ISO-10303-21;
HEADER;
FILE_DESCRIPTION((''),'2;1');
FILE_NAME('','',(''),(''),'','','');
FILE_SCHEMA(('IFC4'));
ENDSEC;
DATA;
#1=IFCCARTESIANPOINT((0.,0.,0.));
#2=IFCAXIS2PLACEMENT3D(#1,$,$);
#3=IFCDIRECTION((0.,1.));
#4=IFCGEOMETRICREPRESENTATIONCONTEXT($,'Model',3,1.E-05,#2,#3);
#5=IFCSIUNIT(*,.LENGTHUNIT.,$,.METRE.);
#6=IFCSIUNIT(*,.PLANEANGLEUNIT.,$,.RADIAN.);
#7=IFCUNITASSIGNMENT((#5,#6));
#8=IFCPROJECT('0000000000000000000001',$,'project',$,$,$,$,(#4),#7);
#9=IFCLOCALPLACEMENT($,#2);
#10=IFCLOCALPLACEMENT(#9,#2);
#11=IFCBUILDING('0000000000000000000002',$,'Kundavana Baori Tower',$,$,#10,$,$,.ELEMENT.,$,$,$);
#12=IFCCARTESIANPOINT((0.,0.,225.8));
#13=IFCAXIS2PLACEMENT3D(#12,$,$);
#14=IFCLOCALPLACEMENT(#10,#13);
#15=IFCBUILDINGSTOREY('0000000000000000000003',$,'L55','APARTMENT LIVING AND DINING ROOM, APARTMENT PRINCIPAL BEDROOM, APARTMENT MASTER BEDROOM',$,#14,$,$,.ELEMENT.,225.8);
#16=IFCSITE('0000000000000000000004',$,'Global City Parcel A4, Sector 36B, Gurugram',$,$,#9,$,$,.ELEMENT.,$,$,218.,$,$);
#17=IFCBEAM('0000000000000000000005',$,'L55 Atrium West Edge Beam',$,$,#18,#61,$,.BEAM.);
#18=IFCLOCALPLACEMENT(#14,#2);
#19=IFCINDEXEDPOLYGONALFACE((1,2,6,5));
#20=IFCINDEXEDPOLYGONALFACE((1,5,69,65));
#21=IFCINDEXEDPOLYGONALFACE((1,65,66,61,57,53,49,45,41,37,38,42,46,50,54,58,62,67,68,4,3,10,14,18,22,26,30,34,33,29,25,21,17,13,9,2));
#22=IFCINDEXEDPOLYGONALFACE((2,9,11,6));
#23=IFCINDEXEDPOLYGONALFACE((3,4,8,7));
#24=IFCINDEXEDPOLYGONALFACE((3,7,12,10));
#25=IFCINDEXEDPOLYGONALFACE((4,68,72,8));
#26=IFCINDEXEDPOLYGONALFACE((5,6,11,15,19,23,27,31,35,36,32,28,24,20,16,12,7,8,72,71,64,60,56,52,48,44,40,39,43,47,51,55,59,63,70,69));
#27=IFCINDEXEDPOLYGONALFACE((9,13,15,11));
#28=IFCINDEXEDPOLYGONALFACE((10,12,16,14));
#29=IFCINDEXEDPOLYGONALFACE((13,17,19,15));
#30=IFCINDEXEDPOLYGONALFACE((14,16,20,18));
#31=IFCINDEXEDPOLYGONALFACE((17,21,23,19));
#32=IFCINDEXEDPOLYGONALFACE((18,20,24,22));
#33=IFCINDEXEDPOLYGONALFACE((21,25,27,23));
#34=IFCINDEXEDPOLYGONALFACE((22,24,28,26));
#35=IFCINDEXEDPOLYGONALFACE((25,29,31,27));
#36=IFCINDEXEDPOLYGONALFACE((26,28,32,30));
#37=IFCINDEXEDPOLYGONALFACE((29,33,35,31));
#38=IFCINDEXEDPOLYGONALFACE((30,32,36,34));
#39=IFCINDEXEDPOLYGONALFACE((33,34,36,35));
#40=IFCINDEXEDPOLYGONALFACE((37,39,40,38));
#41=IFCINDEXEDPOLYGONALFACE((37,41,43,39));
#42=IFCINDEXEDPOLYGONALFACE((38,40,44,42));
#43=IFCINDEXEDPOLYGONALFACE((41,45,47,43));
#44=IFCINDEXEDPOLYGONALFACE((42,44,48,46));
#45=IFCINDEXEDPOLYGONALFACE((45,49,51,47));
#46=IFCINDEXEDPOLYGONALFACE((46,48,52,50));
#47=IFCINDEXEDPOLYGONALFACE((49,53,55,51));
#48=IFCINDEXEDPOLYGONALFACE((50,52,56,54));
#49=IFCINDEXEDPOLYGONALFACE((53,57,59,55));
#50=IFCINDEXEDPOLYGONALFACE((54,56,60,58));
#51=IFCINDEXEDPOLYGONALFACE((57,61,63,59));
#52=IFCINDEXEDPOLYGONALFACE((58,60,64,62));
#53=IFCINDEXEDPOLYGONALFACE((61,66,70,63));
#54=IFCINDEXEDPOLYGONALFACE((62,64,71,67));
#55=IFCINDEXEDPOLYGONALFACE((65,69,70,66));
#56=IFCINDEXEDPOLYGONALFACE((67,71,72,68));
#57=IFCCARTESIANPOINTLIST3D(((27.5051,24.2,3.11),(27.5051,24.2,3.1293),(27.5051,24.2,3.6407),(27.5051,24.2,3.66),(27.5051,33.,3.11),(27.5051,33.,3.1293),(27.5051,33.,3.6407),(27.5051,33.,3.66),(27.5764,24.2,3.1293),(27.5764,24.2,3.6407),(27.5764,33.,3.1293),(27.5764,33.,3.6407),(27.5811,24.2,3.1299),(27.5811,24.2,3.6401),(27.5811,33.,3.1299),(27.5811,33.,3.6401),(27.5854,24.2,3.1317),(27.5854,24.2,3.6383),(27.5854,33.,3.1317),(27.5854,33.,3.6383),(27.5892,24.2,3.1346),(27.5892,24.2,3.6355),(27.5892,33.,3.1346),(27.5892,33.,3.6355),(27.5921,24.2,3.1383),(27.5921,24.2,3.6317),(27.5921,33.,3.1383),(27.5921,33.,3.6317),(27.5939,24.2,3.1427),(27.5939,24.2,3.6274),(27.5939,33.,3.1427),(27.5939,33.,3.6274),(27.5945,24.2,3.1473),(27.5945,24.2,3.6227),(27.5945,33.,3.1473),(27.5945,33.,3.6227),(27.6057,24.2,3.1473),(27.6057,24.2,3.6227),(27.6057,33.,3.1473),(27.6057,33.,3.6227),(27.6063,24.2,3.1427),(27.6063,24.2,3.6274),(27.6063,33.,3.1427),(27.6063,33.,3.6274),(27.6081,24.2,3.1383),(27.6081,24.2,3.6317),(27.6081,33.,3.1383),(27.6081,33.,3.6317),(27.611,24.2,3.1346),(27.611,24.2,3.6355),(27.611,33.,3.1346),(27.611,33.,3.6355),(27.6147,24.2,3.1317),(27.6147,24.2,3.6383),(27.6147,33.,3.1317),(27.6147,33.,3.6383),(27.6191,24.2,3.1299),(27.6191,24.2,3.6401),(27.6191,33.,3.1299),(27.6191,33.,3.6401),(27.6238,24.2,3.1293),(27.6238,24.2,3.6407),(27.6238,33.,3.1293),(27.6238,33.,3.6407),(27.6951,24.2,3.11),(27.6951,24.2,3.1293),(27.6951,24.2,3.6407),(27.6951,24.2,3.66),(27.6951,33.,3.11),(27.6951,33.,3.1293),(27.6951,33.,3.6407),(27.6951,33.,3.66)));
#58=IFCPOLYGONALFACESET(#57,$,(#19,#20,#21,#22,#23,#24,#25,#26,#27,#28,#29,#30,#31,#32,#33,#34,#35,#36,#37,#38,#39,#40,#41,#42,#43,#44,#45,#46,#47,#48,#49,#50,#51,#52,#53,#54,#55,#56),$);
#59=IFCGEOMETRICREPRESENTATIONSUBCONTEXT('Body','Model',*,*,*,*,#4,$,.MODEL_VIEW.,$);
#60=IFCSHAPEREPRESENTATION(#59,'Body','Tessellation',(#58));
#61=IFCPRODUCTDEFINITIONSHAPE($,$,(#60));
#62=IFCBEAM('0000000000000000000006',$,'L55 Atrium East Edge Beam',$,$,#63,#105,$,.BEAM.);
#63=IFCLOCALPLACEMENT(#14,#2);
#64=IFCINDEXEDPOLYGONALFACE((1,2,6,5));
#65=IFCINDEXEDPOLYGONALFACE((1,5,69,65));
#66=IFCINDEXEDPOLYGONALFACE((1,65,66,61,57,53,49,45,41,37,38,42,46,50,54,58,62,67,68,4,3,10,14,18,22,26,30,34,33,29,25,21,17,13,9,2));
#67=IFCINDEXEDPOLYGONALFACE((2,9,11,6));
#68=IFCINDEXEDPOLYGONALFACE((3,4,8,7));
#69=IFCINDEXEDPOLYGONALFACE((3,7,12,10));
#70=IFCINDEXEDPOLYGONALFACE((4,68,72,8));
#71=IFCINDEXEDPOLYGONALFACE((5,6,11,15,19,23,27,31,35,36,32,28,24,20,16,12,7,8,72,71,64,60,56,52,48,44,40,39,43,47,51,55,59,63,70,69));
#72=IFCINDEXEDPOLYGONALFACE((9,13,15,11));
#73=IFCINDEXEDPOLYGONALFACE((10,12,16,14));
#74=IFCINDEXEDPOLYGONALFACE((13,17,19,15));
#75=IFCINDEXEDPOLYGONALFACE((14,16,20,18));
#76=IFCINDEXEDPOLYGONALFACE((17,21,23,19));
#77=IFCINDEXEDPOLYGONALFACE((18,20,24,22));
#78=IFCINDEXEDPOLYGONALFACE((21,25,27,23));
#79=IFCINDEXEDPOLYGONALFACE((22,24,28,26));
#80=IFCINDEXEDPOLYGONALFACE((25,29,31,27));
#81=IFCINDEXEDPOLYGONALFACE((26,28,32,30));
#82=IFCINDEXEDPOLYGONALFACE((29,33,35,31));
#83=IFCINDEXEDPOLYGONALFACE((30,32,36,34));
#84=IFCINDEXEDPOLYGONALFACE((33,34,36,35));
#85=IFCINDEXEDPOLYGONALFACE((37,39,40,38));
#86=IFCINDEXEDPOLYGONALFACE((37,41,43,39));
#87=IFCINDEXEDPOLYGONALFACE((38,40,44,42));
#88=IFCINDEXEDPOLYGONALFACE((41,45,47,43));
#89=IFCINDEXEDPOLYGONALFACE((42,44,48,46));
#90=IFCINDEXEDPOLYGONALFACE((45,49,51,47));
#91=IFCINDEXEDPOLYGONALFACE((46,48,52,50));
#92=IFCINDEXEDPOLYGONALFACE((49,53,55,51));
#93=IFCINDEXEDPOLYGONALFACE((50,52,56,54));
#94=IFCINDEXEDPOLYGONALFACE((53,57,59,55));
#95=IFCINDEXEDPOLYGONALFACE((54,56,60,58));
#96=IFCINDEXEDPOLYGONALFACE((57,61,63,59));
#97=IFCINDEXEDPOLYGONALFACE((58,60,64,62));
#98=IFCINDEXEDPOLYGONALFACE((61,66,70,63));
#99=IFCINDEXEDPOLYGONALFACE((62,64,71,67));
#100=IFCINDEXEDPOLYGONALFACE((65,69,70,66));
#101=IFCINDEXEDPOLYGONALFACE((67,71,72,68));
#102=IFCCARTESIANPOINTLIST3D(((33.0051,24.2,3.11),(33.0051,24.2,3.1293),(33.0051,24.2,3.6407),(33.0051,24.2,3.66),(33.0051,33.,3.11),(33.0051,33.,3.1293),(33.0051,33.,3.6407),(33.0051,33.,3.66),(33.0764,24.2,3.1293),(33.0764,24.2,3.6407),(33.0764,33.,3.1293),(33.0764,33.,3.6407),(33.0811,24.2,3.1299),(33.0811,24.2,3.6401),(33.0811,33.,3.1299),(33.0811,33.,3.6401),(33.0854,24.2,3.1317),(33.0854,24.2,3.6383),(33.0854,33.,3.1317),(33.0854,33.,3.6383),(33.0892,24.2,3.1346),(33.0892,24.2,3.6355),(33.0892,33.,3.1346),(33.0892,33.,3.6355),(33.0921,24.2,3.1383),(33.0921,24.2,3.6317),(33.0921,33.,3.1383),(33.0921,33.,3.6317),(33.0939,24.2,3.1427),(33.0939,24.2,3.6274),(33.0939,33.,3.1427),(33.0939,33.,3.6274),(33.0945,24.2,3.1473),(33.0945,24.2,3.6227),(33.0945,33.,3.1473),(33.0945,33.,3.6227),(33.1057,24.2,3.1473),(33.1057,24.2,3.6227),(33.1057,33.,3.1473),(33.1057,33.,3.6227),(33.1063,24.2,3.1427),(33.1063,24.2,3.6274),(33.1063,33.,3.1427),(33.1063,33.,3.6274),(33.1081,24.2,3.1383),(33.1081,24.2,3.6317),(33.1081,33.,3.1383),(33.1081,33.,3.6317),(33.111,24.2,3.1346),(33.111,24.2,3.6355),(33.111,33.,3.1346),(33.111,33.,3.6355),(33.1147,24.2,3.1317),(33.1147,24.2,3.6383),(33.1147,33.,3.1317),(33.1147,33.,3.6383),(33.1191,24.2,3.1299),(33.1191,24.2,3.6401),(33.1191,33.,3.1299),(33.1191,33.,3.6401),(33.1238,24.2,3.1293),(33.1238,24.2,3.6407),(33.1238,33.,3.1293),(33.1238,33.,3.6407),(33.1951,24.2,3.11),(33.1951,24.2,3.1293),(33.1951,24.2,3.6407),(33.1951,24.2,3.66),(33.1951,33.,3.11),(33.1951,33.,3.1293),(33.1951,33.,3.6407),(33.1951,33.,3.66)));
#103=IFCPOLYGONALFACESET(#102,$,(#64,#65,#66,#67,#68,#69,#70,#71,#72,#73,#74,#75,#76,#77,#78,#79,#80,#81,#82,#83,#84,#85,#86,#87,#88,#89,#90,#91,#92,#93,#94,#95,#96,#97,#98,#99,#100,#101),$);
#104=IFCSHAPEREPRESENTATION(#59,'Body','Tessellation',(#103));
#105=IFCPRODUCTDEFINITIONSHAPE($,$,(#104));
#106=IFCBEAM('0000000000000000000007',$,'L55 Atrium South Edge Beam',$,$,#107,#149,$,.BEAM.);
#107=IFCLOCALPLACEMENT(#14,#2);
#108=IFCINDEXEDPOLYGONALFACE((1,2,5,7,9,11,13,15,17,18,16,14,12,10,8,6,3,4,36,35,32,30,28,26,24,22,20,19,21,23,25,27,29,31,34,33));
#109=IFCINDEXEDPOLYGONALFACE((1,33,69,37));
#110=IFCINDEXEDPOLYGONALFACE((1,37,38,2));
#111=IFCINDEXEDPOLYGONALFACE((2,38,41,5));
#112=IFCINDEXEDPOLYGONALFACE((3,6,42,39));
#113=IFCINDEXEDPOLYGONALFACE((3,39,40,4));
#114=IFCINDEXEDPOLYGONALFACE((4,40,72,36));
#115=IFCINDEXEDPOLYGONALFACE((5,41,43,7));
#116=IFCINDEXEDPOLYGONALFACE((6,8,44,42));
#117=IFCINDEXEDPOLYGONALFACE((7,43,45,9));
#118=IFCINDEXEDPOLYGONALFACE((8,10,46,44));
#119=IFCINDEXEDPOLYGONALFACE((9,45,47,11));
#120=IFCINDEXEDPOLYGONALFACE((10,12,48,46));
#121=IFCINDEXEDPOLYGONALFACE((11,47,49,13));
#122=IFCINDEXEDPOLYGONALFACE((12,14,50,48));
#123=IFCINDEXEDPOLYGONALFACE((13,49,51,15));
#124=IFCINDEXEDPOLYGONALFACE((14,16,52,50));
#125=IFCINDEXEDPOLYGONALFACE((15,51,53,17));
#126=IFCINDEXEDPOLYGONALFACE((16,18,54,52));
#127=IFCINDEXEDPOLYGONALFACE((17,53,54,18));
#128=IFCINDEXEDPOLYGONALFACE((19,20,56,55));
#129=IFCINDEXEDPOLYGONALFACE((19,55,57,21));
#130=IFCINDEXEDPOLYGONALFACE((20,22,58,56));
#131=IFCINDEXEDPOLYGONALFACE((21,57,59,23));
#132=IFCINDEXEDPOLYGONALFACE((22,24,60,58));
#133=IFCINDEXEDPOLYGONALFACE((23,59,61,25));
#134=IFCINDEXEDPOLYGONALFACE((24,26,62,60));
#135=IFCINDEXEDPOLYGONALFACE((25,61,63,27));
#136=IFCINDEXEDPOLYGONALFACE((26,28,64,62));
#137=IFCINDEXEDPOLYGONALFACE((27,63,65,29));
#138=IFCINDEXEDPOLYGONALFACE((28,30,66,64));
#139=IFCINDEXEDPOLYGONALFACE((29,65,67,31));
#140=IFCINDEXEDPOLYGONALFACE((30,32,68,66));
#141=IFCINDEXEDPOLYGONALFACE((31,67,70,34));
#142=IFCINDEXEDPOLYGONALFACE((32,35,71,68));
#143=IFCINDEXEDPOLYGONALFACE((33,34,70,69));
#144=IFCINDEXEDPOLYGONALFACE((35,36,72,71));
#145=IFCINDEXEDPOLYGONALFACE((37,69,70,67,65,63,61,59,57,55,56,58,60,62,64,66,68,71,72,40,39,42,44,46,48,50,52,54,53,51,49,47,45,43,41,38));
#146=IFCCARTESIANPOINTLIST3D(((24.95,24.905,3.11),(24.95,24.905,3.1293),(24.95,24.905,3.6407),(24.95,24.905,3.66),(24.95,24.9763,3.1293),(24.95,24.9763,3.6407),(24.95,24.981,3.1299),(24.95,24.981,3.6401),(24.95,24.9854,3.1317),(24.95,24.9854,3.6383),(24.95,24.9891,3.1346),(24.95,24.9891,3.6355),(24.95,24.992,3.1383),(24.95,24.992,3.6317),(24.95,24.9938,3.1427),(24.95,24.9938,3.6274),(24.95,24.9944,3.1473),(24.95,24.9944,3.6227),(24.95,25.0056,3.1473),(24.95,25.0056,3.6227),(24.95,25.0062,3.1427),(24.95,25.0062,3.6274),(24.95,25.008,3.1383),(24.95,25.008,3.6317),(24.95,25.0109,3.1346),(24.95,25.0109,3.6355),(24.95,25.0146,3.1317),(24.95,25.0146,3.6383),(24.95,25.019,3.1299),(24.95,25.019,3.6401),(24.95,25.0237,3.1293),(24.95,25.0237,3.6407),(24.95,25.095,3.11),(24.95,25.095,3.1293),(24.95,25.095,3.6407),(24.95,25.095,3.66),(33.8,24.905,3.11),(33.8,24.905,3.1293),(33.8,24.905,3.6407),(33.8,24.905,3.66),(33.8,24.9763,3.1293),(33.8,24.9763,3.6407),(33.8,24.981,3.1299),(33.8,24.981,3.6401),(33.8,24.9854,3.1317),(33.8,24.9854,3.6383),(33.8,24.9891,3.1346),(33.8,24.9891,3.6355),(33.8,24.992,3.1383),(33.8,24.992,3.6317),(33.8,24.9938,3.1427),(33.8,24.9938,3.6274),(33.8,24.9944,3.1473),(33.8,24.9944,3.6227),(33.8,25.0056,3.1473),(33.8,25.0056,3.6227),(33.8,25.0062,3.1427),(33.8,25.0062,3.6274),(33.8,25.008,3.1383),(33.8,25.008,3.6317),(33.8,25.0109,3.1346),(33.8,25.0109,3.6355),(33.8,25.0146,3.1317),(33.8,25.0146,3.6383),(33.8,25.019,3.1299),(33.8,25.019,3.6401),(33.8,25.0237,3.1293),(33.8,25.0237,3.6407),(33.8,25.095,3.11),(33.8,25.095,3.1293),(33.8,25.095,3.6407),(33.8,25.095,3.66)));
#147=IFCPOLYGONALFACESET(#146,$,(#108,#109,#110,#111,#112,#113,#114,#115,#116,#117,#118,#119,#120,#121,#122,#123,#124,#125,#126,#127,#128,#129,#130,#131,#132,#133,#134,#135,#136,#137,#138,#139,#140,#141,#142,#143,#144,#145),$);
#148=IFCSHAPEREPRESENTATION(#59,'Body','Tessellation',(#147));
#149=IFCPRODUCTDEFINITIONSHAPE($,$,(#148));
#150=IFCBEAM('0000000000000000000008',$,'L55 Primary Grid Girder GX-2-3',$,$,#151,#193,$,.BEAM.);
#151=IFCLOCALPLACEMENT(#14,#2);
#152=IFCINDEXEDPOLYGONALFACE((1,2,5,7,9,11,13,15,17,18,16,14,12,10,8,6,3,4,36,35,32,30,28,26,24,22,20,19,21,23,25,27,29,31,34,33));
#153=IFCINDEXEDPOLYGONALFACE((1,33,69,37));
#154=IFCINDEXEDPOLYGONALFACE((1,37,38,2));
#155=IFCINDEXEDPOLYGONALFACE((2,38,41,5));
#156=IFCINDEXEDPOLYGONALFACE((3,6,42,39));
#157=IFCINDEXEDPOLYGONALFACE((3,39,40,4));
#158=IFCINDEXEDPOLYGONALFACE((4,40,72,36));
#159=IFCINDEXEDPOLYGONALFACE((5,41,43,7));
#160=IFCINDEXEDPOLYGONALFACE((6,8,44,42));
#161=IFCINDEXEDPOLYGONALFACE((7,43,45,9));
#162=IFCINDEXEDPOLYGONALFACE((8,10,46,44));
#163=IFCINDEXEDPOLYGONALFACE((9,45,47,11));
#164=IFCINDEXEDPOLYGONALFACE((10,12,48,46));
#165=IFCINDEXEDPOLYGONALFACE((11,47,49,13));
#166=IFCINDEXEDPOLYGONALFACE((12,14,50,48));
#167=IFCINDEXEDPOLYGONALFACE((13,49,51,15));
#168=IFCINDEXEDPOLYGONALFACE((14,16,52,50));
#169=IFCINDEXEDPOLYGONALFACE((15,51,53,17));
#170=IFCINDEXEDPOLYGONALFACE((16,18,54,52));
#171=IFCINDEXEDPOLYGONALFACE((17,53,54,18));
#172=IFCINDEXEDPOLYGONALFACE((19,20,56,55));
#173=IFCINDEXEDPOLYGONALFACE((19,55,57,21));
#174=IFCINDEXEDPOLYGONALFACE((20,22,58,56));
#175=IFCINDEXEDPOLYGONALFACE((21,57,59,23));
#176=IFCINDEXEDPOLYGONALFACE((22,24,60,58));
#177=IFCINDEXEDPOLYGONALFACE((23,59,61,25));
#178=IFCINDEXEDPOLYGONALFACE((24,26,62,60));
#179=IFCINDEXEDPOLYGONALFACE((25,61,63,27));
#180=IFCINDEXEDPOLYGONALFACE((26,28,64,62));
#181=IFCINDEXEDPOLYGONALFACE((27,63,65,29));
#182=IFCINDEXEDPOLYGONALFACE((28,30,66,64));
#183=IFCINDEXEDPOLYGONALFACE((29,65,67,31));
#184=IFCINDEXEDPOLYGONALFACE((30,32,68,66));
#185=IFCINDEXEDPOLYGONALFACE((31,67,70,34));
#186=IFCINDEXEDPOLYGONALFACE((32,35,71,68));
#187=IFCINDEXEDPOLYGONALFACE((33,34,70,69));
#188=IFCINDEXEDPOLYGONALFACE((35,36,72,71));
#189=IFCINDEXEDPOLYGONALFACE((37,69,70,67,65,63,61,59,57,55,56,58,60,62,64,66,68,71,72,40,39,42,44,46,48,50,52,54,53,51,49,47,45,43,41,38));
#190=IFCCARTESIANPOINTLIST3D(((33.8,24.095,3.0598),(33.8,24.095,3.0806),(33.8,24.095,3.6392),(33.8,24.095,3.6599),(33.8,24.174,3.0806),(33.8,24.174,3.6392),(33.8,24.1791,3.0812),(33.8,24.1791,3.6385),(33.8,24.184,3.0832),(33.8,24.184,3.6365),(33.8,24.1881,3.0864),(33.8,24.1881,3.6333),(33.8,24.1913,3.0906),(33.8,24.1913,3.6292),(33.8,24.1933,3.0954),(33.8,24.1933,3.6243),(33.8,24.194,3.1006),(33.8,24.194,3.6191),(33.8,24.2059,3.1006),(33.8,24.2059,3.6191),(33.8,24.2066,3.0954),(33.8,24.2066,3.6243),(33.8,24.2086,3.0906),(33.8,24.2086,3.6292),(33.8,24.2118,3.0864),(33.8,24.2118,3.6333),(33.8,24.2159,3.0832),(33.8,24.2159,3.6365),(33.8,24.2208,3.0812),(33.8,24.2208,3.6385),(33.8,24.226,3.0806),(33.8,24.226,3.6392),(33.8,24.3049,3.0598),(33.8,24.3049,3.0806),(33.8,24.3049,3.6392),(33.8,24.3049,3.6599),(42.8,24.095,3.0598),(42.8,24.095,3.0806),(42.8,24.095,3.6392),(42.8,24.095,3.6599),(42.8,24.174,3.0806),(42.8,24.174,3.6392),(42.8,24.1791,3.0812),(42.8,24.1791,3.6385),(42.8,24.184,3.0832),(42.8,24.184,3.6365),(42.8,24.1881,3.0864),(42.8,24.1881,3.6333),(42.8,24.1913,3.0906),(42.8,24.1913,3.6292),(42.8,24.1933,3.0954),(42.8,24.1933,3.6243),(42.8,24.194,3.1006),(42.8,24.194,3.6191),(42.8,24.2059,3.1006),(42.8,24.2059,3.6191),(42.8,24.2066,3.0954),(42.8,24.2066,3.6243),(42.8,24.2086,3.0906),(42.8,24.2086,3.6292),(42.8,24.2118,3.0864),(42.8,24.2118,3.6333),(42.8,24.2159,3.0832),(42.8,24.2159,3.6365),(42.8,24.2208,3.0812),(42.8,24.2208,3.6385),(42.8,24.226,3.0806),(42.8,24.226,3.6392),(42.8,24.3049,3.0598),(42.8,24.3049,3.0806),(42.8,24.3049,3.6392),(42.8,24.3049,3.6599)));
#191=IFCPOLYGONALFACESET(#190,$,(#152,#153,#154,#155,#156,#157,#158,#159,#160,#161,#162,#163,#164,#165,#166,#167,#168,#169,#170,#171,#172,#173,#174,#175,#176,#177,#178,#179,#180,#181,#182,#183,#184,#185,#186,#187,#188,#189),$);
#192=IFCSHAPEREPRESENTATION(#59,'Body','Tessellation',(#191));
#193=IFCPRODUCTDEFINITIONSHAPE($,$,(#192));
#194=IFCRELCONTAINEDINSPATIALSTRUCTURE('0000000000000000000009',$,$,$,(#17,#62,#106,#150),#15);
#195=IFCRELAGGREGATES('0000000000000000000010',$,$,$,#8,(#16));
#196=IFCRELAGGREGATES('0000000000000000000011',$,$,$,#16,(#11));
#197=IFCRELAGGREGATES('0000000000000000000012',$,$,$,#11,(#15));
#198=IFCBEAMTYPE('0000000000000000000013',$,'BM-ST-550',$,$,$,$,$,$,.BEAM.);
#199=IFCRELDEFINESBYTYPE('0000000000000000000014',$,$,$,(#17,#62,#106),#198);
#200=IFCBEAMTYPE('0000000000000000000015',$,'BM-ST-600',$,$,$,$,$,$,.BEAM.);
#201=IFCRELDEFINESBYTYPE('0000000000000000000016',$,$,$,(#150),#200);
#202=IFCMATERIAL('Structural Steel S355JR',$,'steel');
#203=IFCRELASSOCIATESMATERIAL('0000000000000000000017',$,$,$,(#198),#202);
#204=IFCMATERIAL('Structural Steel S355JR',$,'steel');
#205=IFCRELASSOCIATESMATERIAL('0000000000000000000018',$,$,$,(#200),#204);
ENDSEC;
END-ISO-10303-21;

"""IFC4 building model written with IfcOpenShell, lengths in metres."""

from ifc_helpers import new_model, si_unit, direction, frame, origin, origin_2d, place, context, subcontext, project, spatial, i_section, extrude, material, material_profile, profile_set, type_object, element, save


model = new_model("IFC4")

# Units and contexts
model_context = context("Model", 3, precision=1e-05, world=origin(), true_north=direction((0.0, 1.0)))
body_context = subcontext(model_context, "Body", "Model", "MODEL_VIEW")
ifc_project = project(units=[si_unit("LENGTHUNIT", "METRE"), si_unit("PLANEANGLEUNIT", "RADIAN")], contexts=[model_context])

# Site, building, storey
site_placement = place(None, origin())
site = spatial("IfcSite", under=ifc_project, at=site_placement, Name="Global City Parcel A4, Sector 36B, Gurugram", CompositionType="ELEMENT", RefElevation=218.0)
building_placement = place(site_placement, origin())
building = spatial("IfcBuilding", under=site, at=building_placement, Name="Kundavana Baori Tower", CompositionType="ELEMENT")
storey_placement = place(building_placement, frame((0.0, 0.0, 225.8)))
storey = spatial("IfcBuildingStorey", under=building, at=storey_placement, Name="L55", Description="APARTMENT LIVING AND DINING ROOM, APARTMENT PRINCIPAL BEDROOM, APARTMENT MASTER BEDROOM", CompositionType="ELEMENT", Elevation=225.8)

# Beams
ifc_material_1 = material(Name="Structural Steel S355JR", Category="steel")
ifc_material_profile_1 = material_profile(ifc_material_1, i_section(OverallWidth=0.1899, OverallDepth=0.55, WebThickness=0.0112, FlangeThickness=0.0193, FilletRadius=0.0181, at=origin_2d()), Name="ISMB 550")
ifc_profile_set_1 = profile_set([ifc_material_profile_1], Name="Structural Steel S355JR")
beam_type_1 = type_object("IfcBeamType", Name="BM-ST-550", PredefinedType="BEAM", material=ifc_profile_set_1)
for number, where, z_axis, x_axis, name in (
    (1, (27.6001, 24.2, 3.385), (0.0, 1.0, 0.0), (-1.0, 0.0, 0.0), "L55 Atrium West Edge Beam"),
    (2, (33.1001, 24.2, 3.385), (0.0, 1.0, 0.0), (-1.0, 0.0, 0.0), "L55 Atrium East Edge Beam"),
):
    element("IfcBeam", number, at=place(storey_placement, frame(where, z_axis=z_axis, x_axis=x_axis)), inside=storey, type_object=beam_type_1, Name=name, PredefinedType="BEAM", context=body_context, shape_type="SweptSolid", body=[
        extrude(i_section(OverallWidth=0.1899, OverallDepth=0.55, WebThickness=0.0112, FlangeThickness=0.0193, FilletRadius=0.0181, at=origin_2d()), origin(), (0.0, 0.0, 1.0), 8.8),
    ])
beam_1_placement = place(storey_placement, frame((24.95, 25.0, 3.385), z_axis=(1.0, 0.0, 0.0), x_axis=(0.0, 1.0, 0.0)))
element("IfcBeam", 3, at=beam_1_placement, inside=storey, type_object=beam_type_1, Name="L55 Atrium South Edge Beam", PredefinedType="BEAM", context=body_context, shape_type="SweptSolid", body=[
    extrude(i_section(OverallWidth=0.1899, OverallDepth=0.55, WebThickness=0.0112, FlangeThickness=0.0193, FilletRadius=0.0181, at=origin_2d()), origin(), (0.0, 0.0, 1.0), 8.8501),
])
ifc_material_2 = material(Name="Structural Steel S355JR", Category="steel")
ifc_material_profile_2 = material_profile(ifc_material_2, i_section(OverallWidth=0.21, OverallDepth=0.6001, WebThickness=0.012, FlangeThickness=0.0208, FilletRadius=0.02, at=origin_2d()), Name="ISMB 600")
ifc_profile_set_2 = profile_set([ifc_material_profile_2], Name="Structural Steel S355JR")
beam_type_2 = type_object("IfcBeamType", Name="BM-ST-600", PredefinedType="BEAM", material=ifc_profile_set_2)
beam_2_placement = place(storey_placement, frame((33.8, 24.2, 3.3599), z_axis=(1.0, 0.0, 0.0), x_axis=(0.0, 1.0, 0.0)))
element("IfcBeam", 4, at=beam_2_placement, inside=storey, type_object=beam_type_2, Name="L55 Primary Grid Girder GX-2-3", PredefinedType="BEAM", context=body_context, shape_type="SweptSolid", body=[
    extrude(i_section(OverallWidth=0.21, OverallDepth=0.6001, WebThickness=0.012, FlangeThickness=0.0208, FilletRadius=0.02, at=origin_2d()), origin(), (0.0, 0.0, 1.0), 9.0),
])

save(model, "model.ifc")
